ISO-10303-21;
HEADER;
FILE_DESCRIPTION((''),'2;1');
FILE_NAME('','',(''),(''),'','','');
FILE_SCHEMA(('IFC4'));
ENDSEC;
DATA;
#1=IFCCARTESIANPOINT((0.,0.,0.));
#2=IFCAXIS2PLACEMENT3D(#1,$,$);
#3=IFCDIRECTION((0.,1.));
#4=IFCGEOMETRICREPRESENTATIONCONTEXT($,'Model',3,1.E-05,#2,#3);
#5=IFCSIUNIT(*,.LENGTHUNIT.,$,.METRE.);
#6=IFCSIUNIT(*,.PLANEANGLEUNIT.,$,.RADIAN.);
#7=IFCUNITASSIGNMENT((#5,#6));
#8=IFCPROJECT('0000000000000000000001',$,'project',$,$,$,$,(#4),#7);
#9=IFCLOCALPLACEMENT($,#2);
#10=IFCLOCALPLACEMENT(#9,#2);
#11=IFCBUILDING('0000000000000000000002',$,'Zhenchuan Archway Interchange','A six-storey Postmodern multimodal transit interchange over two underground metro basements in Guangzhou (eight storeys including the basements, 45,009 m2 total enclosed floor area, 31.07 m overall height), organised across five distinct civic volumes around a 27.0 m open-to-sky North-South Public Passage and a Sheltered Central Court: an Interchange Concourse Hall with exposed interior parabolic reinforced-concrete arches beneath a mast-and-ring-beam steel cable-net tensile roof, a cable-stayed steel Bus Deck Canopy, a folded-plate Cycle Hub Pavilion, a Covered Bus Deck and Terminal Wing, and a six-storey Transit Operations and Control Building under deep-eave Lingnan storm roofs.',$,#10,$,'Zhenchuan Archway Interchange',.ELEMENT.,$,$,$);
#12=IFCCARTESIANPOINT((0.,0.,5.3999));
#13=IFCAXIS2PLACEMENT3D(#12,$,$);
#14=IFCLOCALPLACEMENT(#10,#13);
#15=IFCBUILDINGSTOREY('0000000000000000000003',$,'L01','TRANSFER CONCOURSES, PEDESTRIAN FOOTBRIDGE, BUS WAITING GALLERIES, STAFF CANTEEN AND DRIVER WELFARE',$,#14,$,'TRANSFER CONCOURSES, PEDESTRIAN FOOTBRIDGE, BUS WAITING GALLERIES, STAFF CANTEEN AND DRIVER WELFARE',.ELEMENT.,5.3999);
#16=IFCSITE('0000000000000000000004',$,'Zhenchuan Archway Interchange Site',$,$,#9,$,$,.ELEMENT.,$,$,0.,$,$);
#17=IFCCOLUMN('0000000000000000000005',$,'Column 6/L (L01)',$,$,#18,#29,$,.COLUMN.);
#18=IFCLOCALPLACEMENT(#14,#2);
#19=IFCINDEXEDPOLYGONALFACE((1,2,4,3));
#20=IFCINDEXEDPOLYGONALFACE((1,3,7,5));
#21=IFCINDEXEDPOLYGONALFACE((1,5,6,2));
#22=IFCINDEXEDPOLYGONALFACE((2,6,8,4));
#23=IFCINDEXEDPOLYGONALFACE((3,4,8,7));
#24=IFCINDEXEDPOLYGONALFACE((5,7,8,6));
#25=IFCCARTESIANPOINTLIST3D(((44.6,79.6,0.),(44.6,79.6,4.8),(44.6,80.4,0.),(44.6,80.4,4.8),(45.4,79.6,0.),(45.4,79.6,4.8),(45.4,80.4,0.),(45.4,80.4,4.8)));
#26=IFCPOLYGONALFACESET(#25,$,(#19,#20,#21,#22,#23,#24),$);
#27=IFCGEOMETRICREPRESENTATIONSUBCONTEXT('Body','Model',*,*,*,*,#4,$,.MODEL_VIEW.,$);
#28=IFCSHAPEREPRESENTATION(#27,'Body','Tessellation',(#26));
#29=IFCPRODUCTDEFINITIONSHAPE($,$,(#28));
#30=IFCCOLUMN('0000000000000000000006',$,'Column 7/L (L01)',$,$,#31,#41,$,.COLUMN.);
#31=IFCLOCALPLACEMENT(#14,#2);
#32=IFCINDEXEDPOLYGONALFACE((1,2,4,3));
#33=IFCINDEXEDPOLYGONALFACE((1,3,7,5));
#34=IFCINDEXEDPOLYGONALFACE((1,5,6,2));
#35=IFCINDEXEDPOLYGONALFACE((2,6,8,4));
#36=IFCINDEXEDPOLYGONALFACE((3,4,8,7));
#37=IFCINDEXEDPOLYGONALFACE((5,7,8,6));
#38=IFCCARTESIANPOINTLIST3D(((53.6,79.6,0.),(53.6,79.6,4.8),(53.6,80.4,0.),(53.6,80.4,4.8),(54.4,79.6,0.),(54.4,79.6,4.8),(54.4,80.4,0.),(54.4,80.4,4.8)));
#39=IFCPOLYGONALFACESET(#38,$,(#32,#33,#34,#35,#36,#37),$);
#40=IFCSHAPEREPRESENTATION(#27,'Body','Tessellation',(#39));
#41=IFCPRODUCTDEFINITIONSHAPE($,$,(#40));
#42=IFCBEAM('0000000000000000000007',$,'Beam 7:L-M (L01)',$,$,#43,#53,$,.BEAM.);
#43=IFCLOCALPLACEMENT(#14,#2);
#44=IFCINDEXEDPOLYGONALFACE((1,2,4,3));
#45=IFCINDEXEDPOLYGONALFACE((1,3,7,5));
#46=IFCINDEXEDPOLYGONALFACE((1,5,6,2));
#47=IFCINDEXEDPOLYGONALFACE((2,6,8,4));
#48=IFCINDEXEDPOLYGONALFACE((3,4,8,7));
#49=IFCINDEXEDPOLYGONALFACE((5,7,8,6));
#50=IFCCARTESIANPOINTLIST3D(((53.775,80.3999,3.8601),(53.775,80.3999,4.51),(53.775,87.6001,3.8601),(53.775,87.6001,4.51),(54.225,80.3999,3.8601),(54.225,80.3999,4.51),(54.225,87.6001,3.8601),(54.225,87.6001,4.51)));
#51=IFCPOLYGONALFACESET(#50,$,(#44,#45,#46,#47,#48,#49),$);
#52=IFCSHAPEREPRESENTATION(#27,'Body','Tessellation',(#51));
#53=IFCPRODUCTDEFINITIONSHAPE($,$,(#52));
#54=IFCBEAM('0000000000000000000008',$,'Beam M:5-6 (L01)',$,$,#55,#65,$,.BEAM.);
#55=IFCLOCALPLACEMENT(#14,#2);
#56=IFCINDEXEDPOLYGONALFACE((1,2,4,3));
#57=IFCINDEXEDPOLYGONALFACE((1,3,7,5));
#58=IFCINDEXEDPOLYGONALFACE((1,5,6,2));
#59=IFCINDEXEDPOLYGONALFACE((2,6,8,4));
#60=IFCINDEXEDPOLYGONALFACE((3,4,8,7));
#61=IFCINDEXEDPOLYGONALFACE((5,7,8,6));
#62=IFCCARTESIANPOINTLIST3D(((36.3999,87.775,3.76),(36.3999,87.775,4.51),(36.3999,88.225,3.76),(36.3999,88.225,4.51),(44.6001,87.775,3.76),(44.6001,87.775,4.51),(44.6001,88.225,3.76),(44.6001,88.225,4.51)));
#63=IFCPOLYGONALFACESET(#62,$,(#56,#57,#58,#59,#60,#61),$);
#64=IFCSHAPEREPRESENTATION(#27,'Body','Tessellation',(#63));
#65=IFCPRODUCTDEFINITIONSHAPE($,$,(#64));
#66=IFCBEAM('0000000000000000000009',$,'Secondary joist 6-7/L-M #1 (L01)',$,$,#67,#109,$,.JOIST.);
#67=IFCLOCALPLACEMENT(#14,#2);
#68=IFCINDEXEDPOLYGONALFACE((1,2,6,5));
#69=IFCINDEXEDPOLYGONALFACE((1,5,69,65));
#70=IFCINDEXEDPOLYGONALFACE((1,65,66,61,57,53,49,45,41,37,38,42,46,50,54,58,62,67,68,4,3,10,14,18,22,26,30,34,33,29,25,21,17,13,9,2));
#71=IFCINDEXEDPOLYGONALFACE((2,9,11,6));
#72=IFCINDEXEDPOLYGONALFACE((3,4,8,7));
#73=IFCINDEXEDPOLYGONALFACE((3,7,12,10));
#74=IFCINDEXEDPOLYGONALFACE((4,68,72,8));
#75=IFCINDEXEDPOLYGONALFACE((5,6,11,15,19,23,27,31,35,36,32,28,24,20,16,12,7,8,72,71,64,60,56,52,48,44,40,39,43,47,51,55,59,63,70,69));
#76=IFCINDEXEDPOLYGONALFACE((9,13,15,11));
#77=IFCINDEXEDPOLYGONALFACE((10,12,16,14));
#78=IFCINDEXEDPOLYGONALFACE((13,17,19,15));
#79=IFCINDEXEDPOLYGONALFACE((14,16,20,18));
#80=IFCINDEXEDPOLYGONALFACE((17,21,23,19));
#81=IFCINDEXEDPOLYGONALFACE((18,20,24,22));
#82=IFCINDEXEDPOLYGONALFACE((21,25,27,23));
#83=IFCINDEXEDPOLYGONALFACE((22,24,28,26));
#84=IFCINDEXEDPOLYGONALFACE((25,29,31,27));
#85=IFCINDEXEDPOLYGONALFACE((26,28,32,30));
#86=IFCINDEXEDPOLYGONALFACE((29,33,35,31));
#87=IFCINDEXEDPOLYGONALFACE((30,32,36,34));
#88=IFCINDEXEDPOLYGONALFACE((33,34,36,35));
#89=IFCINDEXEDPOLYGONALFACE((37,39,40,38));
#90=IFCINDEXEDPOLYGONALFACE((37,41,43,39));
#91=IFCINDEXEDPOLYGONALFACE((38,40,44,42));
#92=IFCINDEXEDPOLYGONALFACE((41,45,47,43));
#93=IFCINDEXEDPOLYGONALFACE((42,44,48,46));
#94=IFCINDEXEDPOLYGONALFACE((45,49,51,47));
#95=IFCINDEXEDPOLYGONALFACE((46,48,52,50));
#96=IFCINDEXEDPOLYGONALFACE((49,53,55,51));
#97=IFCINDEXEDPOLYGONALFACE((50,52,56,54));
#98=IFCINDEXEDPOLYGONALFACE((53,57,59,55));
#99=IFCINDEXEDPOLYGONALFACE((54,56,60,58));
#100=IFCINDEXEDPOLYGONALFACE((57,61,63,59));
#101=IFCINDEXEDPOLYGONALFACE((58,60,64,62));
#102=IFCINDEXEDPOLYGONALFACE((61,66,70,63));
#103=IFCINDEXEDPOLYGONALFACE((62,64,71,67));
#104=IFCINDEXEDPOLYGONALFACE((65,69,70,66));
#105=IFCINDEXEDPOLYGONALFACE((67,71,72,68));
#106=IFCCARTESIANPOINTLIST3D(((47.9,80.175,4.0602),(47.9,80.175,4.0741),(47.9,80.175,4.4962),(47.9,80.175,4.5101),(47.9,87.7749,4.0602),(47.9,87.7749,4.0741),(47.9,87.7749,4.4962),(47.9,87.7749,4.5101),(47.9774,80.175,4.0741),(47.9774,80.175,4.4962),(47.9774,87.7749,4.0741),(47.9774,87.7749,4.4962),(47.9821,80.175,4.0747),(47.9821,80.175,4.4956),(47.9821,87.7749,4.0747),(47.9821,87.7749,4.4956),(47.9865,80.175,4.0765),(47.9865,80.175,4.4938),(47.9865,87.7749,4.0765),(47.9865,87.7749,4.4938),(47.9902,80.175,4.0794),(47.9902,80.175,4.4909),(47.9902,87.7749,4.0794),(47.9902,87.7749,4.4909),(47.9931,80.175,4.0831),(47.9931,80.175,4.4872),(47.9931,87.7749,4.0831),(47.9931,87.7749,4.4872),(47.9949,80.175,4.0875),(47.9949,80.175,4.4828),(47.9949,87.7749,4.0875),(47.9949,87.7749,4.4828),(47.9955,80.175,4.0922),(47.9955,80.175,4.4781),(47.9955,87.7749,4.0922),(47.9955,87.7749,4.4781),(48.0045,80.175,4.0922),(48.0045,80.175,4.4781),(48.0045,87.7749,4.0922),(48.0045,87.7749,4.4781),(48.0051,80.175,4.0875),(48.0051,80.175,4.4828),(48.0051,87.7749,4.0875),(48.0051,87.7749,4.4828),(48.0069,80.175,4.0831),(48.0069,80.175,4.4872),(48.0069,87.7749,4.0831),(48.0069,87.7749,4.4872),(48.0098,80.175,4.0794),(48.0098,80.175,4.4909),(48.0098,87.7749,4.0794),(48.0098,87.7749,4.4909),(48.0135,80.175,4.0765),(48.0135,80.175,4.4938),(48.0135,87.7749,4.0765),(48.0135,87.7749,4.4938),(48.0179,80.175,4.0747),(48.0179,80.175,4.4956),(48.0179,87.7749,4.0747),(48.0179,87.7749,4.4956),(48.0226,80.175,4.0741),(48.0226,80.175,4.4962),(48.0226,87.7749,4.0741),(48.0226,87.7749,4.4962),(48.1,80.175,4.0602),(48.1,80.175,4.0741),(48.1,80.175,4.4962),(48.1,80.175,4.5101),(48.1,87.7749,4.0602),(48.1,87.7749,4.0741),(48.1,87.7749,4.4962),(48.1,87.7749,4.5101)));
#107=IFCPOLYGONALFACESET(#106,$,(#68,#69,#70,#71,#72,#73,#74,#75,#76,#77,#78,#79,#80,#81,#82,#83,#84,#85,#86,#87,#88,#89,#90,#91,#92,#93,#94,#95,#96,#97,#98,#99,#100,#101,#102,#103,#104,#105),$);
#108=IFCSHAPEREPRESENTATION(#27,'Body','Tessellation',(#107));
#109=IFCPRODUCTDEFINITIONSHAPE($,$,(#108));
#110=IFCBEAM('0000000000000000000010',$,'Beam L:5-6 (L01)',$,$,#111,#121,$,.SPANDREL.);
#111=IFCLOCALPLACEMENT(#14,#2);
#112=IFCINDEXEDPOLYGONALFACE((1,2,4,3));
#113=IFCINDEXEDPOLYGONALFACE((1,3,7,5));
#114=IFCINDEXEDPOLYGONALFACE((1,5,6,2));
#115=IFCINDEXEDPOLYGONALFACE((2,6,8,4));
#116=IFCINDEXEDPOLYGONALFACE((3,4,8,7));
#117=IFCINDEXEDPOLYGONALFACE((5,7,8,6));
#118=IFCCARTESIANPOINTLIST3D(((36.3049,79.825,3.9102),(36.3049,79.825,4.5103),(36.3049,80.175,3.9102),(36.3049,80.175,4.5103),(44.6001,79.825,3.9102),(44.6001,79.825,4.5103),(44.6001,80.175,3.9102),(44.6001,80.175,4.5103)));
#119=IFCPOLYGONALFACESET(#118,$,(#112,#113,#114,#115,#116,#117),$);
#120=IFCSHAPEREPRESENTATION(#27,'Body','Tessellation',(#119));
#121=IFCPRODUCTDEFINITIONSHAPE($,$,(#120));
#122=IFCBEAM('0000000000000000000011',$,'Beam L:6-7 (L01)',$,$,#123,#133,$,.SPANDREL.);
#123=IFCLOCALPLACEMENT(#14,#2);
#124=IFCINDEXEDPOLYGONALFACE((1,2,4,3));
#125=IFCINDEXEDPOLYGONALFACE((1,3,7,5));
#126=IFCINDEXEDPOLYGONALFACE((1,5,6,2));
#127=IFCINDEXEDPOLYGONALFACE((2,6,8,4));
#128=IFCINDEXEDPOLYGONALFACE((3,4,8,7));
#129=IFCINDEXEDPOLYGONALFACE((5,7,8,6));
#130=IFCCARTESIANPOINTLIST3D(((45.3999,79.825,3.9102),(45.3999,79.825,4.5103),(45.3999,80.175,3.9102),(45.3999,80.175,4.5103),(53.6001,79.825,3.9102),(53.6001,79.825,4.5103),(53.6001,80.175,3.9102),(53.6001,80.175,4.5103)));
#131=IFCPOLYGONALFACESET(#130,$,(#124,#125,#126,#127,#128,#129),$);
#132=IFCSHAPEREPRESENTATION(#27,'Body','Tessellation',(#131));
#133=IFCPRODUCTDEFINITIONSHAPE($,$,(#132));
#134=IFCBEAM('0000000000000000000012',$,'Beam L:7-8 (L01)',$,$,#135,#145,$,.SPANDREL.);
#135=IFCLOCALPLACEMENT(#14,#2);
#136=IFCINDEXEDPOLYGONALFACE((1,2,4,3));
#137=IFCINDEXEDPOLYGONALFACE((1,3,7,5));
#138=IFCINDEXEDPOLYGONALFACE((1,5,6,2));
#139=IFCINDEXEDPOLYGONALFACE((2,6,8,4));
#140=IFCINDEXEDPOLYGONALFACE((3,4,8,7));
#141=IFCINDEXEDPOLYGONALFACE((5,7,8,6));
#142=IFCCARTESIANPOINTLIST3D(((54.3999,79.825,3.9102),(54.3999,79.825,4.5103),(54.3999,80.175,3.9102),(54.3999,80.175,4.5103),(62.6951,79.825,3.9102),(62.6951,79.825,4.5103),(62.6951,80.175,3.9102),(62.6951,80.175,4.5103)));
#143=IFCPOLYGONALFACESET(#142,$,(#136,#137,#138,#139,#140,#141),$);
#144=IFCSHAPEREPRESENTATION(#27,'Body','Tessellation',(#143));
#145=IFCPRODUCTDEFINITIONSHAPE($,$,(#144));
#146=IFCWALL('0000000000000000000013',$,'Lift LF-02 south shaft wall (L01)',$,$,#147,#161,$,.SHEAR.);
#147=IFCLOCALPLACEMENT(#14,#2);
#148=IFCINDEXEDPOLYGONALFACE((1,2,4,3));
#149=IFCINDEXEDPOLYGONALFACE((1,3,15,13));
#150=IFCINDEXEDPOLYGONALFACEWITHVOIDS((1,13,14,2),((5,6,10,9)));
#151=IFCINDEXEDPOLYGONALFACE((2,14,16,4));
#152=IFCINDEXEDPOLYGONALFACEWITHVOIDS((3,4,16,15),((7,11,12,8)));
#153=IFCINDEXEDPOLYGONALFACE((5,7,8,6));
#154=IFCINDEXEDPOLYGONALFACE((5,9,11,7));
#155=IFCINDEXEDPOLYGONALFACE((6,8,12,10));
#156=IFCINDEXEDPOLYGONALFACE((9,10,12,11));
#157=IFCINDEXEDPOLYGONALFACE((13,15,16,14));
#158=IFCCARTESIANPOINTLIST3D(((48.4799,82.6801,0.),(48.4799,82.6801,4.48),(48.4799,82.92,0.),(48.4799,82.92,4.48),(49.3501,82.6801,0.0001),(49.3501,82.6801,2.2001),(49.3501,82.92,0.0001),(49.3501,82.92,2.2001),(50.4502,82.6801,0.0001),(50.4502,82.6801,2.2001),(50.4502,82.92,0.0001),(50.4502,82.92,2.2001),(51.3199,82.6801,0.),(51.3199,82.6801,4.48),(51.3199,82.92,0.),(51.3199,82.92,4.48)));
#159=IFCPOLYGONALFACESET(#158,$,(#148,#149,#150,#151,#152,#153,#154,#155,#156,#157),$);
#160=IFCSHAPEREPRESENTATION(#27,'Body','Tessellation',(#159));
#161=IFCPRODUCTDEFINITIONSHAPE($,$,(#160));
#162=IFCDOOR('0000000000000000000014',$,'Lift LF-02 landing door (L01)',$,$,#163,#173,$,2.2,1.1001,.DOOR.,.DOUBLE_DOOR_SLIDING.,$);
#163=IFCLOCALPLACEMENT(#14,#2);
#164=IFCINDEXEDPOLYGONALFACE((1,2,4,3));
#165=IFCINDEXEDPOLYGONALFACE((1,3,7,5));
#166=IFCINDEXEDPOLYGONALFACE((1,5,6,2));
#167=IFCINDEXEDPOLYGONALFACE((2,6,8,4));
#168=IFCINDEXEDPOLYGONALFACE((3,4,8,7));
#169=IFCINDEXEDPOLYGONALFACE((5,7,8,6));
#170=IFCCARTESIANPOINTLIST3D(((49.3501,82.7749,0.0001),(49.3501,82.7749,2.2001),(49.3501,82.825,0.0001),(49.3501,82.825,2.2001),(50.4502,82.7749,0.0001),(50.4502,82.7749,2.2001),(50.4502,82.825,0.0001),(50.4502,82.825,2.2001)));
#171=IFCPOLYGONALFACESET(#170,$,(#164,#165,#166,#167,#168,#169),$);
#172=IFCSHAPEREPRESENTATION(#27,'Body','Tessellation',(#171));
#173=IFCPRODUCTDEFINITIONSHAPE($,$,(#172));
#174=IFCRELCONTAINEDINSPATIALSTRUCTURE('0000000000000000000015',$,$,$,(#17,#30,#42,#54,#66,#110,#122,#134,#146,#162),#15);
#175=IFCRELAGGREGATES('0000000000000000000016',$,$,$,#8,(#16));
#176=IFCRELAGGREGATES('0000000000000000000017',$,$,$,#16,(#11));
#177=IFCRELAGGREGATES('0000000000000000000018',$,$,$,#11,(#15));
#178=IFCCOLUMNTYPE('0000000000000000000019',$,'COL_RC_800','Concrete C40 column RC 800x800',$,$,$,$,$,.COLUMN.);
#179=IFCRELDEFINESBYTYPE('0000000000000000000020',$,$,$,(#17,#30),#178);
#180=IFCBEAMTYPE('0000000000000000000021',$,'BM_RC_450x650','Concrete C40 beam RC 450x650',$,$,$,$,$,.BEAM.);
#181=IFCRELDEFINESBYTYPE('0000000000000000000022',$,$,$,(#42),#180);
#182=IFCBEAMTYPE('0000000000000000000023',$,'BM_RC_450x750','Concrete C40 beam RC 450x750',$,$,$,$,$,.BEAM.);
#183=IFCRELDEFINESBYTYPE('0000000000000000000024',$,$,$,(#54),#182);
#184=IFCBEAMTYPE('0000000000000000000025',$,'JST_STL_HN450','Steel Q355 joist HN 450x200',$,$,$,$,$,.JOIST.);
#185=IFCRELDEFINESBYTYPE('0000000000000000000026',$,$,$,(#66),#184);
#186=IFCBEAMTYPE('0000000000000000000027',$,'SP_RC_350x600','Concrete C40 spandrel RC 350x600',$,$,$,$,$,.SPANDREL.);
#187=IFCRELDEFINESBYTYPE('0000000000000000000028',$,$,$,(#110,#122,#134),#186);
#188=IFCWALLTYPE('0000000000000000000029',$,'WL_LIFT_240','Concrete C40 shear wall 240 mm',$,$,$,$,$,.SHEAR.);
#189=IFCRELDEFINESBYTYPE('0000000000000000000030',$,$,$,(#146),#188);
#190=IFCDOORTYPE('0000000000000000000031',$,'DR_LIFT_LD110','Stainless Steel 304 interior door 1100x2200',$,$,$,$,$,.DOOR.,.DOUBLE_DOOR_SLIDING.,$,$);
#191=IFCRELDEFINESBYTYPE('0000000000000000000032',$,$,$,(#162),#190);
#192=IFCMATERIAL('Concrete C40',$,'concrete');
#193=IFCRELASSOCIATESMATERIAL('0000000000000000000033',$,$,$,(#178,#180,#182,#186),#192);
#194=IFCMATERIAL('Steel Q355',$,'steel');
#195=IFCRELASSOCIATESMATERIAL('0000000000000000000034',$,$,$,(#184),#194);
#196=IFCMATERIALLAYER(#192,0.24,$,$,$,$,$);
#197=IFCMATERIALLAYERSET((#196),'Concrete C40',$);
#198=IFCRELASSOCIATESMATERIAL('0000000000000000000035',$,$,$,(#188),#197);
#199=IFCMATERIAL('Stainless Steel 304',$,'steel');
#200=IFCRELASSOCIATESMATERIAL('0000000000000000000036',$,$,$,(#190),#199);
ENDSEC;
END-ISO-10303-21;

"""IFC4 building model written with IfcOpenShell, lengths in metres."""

from ifc_helpers import new_model, si_unit, direction, frame, frame_2d, origin, origin_2d, place, context, subcontext, project, spatial, rectangle, i_section, extrude, material, layer, layer_set, material_profile, profile_set, type_object, element, fill, save


model = new_model("IFC4")

# Units and contexts
model_context = context("Model", 3, precision=1e-05, world=origin(), true_north=direction((0.0, 1.0)))
body_context = subcontext(model_context, "Body", "Model", "MODEL_VIEW")
ifc_project = project(units=[si_unit("LENGTHUNIT", "METRE"), si_unit("PLANEANGLEUNIT", "RADIAN")], contexts=[model_context])

# Site, building, storey
site_placement = place(None, origin())
site = spatial("IfcSite", under=ifc_project, at=site_placement, Name="Zhenchuan Archway Interchange Site", CompositionType="ELEMENT", RefElevation=0.0)
building_placement = place(site_placement, origin())
building = spatial("IfcBuilding", under=site, at=building_placement, Name="Zhenchuan Archway Interchange", Description="A six-storey Postmodern multimodal transit interchange over two underground metro basements in Guangzhou (eight storeys including the basements, 45,009 m2 total enclosed floor area, 31.07 m overall height), organised across five distinct civic volumes around a 27.0 m open-to-sky North-South Public Passage and a Sheltered Central Court: an Interchange Concourse Hall with exposed interior parabolic reinforced-concrete arches beneath a mast-and-ring-beam steel cable-net tensile roof, a cable-stayed steel Bus Deck Canopy, a folded-plate Cycle Hub Pavilion, a Covered Bus Deck and Terminal Wing, and a six-storey Transit Operations and Control Building under deep-eave Lingnan storm roofs.", LongName="Zhenchuan Archway Interchange", CompositionType="ELEMENT")
storey_placement = place(building_placement, frame((0.0, 0.0, 5.3999)))
storey = spatial("IfcBuildingStorey", under=building, at=storey_placement, Name="L01", Description="TRANSFER CONCOURSES, PEDESTRIAN FOOTBRIDGE, BUS WAITING GALLERIES, STAFF CANTEEN AND DRIVER WELFARE", LongName="TRANSFER CONCOURSES, PEDESTRIAN FOOTBRIDGE, BUS WAITING GALLERIES, STAFF CANTEEN AND DRIVER WELFARE", CompositionType="ELEMENT", Elevation=5.3999)

# Columns
ifc_material_1 = material(Name="Concrete C40", Category="concrete")
ifc_material_profile_1 = material_profile(ifc_material_1, rectangle(XDim=0.8, YDim=0.8, at=origin_2d()), Name="RC 800x800")
ifc_profile_set_1 = profile_set([ifc_material_profile_1], Name="Concrete C40")
column_type = type_object("IfcColumnType", Name="COL_RC_800", Description="Concrete C40 column RC 800x800", PredefinedType="COLUMN", material=ifc_profile_set_1)
for number, where, z_axis, x_axis, name in (
    (1, (45.0, 80.0, 0.0), (0.0, 0.0, 1.0), (1.0, 0.0, 0.0), "Column 6/L (L01)"),
    (2, (54.0, 80.0, 0.0), (0.0, 0.0, 1.0), (1.0, 0.0, 0.0), "Column 7/L (L01)"),
):
    element("IfcColumn", number, at=place(storey_placement, frame(where, z_axis=z_axis, x_axis=x_axis)), inside=storey, type_object=column_type, Name=name, PredefinedType="COLUMN", context=body_context, shape_type="SweptSolid", body=[
        extrude(rectangle(XDim=0.8, YDim=0.8, at=origin_2d()), origin(), (0.0, 0.0, 1.0), 4.8),
    ])

# Beams
ifc_material_profile_2 = material_profile(ifc_material_1, rectangle(XDim=0.45, YDim=0.6499, at=origin_2d()), Name="RC 450x650")
ifc_profile_set_2 = profile_set([ifc_material_profile_2], Name="Concrete C40")
beam_type_1 = type_object("IfcBeamType", Name="BM_RC_450x650", Description="Concrete C40 beam RC 450x650", PredefinedType="BEAM", material=ifc_profile_set_2)
beam_1_placement = place(storey_placement, frame((54.0, 80.3999, 4.1851), z_axis=(0.0, 1.0, 0.0), x_axis=(-1.0, 0.0, 0.0)))
element("IfcBeam", 3, at=beam_1_placement, inside=storey, type_object=beam_type_1, Name="Beam 7:L-M (L01)", PredefinedType="BEAM", context=body_context, shape_type="SweptSolid", body=[
    extrude(rectangle(XDim=0.45, YDim=0.6499, at=origin_2d()), origin(), (0.0, 0.0, 1.0), 7.2002),
])
ifc_material_profile_3 = material_profile(ifc_material_1, rectangle(XDim=0.45, YDim=0.75, at=origin_2d()), Name="RC 450x750")
ifc_profile_set_3 = profile_set([ifc_material_profile_3], Name="Concrete C40")
beam_type_2 = type_object("IfcBeamType", Name="BM_RC_450x750", Description="Concrete C40 beam RC 450x750", PredefinedType="BEAM", material=ifc_profile_set_3)
beam_2_placement = place(storey_placement, frame((36.3999, 88.0, 4.135), z_axis=(1.0, 0.0, 0.0), x_axis=(0.0, 1.0, 0.0)))
element("IfcBeam", 4, at=beam_2_placement, inside=storey, type_object=beam_type_2, Name="Beam M:5-6 (L01)", PredefinedType="BEAM", context=body_context, shape_type="SweptSolid", body=[
    extrude(rectangle(XDim=0.45, YDim=0.75, at=origin_2d()), origin(), (0.0, 0.0, 1.0), 8.2002),
])
ifc_material_2 = material(Name="Steel Q355", Category="steel")
ifc_material_profile_4 = material_profile(ifc_material_2, i_section(OverallWidth=0.2, OverallDepth=0.45, WebThickness=0.009, FlangeThickness=0.0139, FilletRadius=0.0181, at=origin_2d()), Name="HN 450x200")
ifc_profile_set_4 = profile_set([ifc_material_profile_4], Name="Steel Q355")
beam_type_3 = type_object("IfcBeamType", Name="JST_STL_HN450", Description="Steel Q355 joist HN 450x200", PredefinedType="JOIST", material=ifc_profile_set_4)
beam_3_placement = place(storey_placement, frame((48.0, 80.175, 4.2852), z_axis=(0.0, 1.0, 0.0), x_axis=(-1.0, 0.0, 0.0)))
element("IfcBeam", 5, at=beam_3_placement, inside=storey, type_object=beam_type_3, Name="Secondary joist 6-7/L-M #1 (L01)", PredefinedType="JOIST", context=body_context, shape_type="SweptSolid", body=[
    extrude(i_section(OverallWidth=0.2, OverallDepth=0.45, WebThickness=0.009, FlangeThickness=0.0139, FilletRadius=0.0181, at=origin_2d()), origin(), (0.0, 0.0, 1.0), 7.5999),
])
ifc_material_profile_5 = material_profile(ifc_material_1, rectangle(XDim=0.3501, YDim=0.6001, at=origin_2d()), Name="RC 350x600")
ifc_profile_set_5 = profile_set([ifc_material_profile_5], Name="Concrete C40")
beam_type_4 = type_object("IfcBeamType", Name="SP_RC_350x600", Description="Concrete C40 spandrel RC 350x600", PredefinedType="SPANDREL", material=ifc_profile_set_5)
beam_4_placement = place(storey_placement, frame((36.3049, 80.0, 4.2102), z_axis=(1.0, 0.0, 0.0), x_axis=(0.0, 1.0, 0.0)))
element("IfcBeam", 6, at=beam_4_placement, inside=storey, type_object=beam_type_4, Name="Beam L:5-6 (L01)", PredefinedType="SPANDREL", context=body_context, shape_type="SweptSolid", body=[
    extrude(rectangle(XDim=0.3501, YDim=0.6001, at=origin_2d()), origin(), (0.0, 0.0, 1.0), 8.2952),
])
beam_5_placement = place(storey_placement, frame((45.3999, 80.0, 4.2102), z_axis=(1.0, 0.0, 0.0), x_axis=(0.0, 1.0, 0.0)))
element("IfcBeam", 7, at=beam_5_placement, inside=storey, type_object=beam_type_4, Name="Beam L:6-7 (L01)", PredefinedType="SPANDREL", context=body_context, shape_type="SweptSolid", body=[
    extrude(rectangle(XDim=0.3501, YDim=0.6001, at=origin_2d()), origin(), (0.0, 0.0, 1.0), 8.2002),
])
beam_6_placement = place(storey_placement, frame((54.3999, 80.0, 4.2102), z_axis=(1.0, 0.0, 0.0), x_axis=(0.0, 1.0, 0.0)))
element("IfcBeam", 8, at=beam_6_placement, inside=storey, type_object=beam_type_4, Name="Beam L:7-8 (L01)", PredefinedType="SPANDREL", context=body_context, shape_type="SweptSolid", body=[
    extrude(rectangle(XDim=0.3501, YDim=0.6001, at=origin_2d()), origin(), (0.0, 0.0, 1.0), 8.2952),
])

# Wall, opening, door
ifc_layer_1 = layer(ifc_material_1, 0.24)
ifc_layer_set_1 = layer_set([ifc_layer_1], Name="Concrete C40")
wall_type_1 = type_object("IfcWallType", Name="WL_LIFT_240", Description="Concrete C40 shear wall 240 mm", PredefinedType="SHEAR", material=ifc_layer_set_1)
wall_1_placement = place(storey_placement, frame((48.48, 82.8, 0.0), z_axis=(0.0, 0.0, 1.0), x_axis=(1.0, 0.0, 0.0)))
wall_1 = element("IfcWall", 9, at=wall_1_placement, inside=storey, type_object=wall_type_1, Name="Lift LF-02 south shaft wall (L01)", PredefinedType="SHEAR", context=body_context, shape_type="SweptSolid", body=[
    extrude(rectangle(XDim=2.8401, YDim=0.24, at=frame_2d((1.4199, 0.0))), origin(), (0.0, 0.0, 1.0), 4.48),
])
opening_1_placement = place(wall_1_placement, frame((0.8701, 0.0, 0.0)))
opening_1 = element("IfcOpeningElement", 10, at=opening_1_placement, cuts=wall_1, PredefinedType="OPENING", context=body_context, shape_type="SweptSolid", body=[
    extrude(rectangle(XDim=1.1001, YDim=2.2, at=frame_2d((0.55, 1.1001))), frame((0.0, 0.1318, 0.0), z_axis=(0.0, -1.0, 0.0), x_axis=(1.0, 0.0, 0.0)), (0.0, 0.0, 1.0), 0.2639),
])
ifc_material_3 = material(Name="Stainless Steel 304", Category="steel")
door_type_1 = type_object("IfcDoorType", Name="DR_LIFT_LD110", Description="Stainless Steel 304 interior door 1100x2200", OperationType="DOUBLE_DOOR_SLIDING", PredefinedType="DOOR", material=ifc_material_3)
door_1_placement = place(opening_1_placement, origin())
door_1 = element("IfcDoor", 11, at=door_1_placement, inside=storey, type_object=door_type_1, Name="Lift LF-02 landing door (L01)", OperationType="DOUBLE_DOOR_SLIDING", OverallHeight=2.2, OverallWidth=1.1001, PredefinedType="DOOR", context=body_context, shape_type="SweptSolid", body=[
    extrude(rectangle(XDim=1.1001, YDim=2.2, at=frame_2d((0.55, 1.1001))), frame((0.0, 0.0249, 0.0), z_axis=(0.0, -1.0, 0.0), x_axis=(1.0, 0.0, 0.0)), (0.0, 0.0, 1.0), 0.05),
])
fill(opening_1, door_1)

save(model, "model.ifc")
